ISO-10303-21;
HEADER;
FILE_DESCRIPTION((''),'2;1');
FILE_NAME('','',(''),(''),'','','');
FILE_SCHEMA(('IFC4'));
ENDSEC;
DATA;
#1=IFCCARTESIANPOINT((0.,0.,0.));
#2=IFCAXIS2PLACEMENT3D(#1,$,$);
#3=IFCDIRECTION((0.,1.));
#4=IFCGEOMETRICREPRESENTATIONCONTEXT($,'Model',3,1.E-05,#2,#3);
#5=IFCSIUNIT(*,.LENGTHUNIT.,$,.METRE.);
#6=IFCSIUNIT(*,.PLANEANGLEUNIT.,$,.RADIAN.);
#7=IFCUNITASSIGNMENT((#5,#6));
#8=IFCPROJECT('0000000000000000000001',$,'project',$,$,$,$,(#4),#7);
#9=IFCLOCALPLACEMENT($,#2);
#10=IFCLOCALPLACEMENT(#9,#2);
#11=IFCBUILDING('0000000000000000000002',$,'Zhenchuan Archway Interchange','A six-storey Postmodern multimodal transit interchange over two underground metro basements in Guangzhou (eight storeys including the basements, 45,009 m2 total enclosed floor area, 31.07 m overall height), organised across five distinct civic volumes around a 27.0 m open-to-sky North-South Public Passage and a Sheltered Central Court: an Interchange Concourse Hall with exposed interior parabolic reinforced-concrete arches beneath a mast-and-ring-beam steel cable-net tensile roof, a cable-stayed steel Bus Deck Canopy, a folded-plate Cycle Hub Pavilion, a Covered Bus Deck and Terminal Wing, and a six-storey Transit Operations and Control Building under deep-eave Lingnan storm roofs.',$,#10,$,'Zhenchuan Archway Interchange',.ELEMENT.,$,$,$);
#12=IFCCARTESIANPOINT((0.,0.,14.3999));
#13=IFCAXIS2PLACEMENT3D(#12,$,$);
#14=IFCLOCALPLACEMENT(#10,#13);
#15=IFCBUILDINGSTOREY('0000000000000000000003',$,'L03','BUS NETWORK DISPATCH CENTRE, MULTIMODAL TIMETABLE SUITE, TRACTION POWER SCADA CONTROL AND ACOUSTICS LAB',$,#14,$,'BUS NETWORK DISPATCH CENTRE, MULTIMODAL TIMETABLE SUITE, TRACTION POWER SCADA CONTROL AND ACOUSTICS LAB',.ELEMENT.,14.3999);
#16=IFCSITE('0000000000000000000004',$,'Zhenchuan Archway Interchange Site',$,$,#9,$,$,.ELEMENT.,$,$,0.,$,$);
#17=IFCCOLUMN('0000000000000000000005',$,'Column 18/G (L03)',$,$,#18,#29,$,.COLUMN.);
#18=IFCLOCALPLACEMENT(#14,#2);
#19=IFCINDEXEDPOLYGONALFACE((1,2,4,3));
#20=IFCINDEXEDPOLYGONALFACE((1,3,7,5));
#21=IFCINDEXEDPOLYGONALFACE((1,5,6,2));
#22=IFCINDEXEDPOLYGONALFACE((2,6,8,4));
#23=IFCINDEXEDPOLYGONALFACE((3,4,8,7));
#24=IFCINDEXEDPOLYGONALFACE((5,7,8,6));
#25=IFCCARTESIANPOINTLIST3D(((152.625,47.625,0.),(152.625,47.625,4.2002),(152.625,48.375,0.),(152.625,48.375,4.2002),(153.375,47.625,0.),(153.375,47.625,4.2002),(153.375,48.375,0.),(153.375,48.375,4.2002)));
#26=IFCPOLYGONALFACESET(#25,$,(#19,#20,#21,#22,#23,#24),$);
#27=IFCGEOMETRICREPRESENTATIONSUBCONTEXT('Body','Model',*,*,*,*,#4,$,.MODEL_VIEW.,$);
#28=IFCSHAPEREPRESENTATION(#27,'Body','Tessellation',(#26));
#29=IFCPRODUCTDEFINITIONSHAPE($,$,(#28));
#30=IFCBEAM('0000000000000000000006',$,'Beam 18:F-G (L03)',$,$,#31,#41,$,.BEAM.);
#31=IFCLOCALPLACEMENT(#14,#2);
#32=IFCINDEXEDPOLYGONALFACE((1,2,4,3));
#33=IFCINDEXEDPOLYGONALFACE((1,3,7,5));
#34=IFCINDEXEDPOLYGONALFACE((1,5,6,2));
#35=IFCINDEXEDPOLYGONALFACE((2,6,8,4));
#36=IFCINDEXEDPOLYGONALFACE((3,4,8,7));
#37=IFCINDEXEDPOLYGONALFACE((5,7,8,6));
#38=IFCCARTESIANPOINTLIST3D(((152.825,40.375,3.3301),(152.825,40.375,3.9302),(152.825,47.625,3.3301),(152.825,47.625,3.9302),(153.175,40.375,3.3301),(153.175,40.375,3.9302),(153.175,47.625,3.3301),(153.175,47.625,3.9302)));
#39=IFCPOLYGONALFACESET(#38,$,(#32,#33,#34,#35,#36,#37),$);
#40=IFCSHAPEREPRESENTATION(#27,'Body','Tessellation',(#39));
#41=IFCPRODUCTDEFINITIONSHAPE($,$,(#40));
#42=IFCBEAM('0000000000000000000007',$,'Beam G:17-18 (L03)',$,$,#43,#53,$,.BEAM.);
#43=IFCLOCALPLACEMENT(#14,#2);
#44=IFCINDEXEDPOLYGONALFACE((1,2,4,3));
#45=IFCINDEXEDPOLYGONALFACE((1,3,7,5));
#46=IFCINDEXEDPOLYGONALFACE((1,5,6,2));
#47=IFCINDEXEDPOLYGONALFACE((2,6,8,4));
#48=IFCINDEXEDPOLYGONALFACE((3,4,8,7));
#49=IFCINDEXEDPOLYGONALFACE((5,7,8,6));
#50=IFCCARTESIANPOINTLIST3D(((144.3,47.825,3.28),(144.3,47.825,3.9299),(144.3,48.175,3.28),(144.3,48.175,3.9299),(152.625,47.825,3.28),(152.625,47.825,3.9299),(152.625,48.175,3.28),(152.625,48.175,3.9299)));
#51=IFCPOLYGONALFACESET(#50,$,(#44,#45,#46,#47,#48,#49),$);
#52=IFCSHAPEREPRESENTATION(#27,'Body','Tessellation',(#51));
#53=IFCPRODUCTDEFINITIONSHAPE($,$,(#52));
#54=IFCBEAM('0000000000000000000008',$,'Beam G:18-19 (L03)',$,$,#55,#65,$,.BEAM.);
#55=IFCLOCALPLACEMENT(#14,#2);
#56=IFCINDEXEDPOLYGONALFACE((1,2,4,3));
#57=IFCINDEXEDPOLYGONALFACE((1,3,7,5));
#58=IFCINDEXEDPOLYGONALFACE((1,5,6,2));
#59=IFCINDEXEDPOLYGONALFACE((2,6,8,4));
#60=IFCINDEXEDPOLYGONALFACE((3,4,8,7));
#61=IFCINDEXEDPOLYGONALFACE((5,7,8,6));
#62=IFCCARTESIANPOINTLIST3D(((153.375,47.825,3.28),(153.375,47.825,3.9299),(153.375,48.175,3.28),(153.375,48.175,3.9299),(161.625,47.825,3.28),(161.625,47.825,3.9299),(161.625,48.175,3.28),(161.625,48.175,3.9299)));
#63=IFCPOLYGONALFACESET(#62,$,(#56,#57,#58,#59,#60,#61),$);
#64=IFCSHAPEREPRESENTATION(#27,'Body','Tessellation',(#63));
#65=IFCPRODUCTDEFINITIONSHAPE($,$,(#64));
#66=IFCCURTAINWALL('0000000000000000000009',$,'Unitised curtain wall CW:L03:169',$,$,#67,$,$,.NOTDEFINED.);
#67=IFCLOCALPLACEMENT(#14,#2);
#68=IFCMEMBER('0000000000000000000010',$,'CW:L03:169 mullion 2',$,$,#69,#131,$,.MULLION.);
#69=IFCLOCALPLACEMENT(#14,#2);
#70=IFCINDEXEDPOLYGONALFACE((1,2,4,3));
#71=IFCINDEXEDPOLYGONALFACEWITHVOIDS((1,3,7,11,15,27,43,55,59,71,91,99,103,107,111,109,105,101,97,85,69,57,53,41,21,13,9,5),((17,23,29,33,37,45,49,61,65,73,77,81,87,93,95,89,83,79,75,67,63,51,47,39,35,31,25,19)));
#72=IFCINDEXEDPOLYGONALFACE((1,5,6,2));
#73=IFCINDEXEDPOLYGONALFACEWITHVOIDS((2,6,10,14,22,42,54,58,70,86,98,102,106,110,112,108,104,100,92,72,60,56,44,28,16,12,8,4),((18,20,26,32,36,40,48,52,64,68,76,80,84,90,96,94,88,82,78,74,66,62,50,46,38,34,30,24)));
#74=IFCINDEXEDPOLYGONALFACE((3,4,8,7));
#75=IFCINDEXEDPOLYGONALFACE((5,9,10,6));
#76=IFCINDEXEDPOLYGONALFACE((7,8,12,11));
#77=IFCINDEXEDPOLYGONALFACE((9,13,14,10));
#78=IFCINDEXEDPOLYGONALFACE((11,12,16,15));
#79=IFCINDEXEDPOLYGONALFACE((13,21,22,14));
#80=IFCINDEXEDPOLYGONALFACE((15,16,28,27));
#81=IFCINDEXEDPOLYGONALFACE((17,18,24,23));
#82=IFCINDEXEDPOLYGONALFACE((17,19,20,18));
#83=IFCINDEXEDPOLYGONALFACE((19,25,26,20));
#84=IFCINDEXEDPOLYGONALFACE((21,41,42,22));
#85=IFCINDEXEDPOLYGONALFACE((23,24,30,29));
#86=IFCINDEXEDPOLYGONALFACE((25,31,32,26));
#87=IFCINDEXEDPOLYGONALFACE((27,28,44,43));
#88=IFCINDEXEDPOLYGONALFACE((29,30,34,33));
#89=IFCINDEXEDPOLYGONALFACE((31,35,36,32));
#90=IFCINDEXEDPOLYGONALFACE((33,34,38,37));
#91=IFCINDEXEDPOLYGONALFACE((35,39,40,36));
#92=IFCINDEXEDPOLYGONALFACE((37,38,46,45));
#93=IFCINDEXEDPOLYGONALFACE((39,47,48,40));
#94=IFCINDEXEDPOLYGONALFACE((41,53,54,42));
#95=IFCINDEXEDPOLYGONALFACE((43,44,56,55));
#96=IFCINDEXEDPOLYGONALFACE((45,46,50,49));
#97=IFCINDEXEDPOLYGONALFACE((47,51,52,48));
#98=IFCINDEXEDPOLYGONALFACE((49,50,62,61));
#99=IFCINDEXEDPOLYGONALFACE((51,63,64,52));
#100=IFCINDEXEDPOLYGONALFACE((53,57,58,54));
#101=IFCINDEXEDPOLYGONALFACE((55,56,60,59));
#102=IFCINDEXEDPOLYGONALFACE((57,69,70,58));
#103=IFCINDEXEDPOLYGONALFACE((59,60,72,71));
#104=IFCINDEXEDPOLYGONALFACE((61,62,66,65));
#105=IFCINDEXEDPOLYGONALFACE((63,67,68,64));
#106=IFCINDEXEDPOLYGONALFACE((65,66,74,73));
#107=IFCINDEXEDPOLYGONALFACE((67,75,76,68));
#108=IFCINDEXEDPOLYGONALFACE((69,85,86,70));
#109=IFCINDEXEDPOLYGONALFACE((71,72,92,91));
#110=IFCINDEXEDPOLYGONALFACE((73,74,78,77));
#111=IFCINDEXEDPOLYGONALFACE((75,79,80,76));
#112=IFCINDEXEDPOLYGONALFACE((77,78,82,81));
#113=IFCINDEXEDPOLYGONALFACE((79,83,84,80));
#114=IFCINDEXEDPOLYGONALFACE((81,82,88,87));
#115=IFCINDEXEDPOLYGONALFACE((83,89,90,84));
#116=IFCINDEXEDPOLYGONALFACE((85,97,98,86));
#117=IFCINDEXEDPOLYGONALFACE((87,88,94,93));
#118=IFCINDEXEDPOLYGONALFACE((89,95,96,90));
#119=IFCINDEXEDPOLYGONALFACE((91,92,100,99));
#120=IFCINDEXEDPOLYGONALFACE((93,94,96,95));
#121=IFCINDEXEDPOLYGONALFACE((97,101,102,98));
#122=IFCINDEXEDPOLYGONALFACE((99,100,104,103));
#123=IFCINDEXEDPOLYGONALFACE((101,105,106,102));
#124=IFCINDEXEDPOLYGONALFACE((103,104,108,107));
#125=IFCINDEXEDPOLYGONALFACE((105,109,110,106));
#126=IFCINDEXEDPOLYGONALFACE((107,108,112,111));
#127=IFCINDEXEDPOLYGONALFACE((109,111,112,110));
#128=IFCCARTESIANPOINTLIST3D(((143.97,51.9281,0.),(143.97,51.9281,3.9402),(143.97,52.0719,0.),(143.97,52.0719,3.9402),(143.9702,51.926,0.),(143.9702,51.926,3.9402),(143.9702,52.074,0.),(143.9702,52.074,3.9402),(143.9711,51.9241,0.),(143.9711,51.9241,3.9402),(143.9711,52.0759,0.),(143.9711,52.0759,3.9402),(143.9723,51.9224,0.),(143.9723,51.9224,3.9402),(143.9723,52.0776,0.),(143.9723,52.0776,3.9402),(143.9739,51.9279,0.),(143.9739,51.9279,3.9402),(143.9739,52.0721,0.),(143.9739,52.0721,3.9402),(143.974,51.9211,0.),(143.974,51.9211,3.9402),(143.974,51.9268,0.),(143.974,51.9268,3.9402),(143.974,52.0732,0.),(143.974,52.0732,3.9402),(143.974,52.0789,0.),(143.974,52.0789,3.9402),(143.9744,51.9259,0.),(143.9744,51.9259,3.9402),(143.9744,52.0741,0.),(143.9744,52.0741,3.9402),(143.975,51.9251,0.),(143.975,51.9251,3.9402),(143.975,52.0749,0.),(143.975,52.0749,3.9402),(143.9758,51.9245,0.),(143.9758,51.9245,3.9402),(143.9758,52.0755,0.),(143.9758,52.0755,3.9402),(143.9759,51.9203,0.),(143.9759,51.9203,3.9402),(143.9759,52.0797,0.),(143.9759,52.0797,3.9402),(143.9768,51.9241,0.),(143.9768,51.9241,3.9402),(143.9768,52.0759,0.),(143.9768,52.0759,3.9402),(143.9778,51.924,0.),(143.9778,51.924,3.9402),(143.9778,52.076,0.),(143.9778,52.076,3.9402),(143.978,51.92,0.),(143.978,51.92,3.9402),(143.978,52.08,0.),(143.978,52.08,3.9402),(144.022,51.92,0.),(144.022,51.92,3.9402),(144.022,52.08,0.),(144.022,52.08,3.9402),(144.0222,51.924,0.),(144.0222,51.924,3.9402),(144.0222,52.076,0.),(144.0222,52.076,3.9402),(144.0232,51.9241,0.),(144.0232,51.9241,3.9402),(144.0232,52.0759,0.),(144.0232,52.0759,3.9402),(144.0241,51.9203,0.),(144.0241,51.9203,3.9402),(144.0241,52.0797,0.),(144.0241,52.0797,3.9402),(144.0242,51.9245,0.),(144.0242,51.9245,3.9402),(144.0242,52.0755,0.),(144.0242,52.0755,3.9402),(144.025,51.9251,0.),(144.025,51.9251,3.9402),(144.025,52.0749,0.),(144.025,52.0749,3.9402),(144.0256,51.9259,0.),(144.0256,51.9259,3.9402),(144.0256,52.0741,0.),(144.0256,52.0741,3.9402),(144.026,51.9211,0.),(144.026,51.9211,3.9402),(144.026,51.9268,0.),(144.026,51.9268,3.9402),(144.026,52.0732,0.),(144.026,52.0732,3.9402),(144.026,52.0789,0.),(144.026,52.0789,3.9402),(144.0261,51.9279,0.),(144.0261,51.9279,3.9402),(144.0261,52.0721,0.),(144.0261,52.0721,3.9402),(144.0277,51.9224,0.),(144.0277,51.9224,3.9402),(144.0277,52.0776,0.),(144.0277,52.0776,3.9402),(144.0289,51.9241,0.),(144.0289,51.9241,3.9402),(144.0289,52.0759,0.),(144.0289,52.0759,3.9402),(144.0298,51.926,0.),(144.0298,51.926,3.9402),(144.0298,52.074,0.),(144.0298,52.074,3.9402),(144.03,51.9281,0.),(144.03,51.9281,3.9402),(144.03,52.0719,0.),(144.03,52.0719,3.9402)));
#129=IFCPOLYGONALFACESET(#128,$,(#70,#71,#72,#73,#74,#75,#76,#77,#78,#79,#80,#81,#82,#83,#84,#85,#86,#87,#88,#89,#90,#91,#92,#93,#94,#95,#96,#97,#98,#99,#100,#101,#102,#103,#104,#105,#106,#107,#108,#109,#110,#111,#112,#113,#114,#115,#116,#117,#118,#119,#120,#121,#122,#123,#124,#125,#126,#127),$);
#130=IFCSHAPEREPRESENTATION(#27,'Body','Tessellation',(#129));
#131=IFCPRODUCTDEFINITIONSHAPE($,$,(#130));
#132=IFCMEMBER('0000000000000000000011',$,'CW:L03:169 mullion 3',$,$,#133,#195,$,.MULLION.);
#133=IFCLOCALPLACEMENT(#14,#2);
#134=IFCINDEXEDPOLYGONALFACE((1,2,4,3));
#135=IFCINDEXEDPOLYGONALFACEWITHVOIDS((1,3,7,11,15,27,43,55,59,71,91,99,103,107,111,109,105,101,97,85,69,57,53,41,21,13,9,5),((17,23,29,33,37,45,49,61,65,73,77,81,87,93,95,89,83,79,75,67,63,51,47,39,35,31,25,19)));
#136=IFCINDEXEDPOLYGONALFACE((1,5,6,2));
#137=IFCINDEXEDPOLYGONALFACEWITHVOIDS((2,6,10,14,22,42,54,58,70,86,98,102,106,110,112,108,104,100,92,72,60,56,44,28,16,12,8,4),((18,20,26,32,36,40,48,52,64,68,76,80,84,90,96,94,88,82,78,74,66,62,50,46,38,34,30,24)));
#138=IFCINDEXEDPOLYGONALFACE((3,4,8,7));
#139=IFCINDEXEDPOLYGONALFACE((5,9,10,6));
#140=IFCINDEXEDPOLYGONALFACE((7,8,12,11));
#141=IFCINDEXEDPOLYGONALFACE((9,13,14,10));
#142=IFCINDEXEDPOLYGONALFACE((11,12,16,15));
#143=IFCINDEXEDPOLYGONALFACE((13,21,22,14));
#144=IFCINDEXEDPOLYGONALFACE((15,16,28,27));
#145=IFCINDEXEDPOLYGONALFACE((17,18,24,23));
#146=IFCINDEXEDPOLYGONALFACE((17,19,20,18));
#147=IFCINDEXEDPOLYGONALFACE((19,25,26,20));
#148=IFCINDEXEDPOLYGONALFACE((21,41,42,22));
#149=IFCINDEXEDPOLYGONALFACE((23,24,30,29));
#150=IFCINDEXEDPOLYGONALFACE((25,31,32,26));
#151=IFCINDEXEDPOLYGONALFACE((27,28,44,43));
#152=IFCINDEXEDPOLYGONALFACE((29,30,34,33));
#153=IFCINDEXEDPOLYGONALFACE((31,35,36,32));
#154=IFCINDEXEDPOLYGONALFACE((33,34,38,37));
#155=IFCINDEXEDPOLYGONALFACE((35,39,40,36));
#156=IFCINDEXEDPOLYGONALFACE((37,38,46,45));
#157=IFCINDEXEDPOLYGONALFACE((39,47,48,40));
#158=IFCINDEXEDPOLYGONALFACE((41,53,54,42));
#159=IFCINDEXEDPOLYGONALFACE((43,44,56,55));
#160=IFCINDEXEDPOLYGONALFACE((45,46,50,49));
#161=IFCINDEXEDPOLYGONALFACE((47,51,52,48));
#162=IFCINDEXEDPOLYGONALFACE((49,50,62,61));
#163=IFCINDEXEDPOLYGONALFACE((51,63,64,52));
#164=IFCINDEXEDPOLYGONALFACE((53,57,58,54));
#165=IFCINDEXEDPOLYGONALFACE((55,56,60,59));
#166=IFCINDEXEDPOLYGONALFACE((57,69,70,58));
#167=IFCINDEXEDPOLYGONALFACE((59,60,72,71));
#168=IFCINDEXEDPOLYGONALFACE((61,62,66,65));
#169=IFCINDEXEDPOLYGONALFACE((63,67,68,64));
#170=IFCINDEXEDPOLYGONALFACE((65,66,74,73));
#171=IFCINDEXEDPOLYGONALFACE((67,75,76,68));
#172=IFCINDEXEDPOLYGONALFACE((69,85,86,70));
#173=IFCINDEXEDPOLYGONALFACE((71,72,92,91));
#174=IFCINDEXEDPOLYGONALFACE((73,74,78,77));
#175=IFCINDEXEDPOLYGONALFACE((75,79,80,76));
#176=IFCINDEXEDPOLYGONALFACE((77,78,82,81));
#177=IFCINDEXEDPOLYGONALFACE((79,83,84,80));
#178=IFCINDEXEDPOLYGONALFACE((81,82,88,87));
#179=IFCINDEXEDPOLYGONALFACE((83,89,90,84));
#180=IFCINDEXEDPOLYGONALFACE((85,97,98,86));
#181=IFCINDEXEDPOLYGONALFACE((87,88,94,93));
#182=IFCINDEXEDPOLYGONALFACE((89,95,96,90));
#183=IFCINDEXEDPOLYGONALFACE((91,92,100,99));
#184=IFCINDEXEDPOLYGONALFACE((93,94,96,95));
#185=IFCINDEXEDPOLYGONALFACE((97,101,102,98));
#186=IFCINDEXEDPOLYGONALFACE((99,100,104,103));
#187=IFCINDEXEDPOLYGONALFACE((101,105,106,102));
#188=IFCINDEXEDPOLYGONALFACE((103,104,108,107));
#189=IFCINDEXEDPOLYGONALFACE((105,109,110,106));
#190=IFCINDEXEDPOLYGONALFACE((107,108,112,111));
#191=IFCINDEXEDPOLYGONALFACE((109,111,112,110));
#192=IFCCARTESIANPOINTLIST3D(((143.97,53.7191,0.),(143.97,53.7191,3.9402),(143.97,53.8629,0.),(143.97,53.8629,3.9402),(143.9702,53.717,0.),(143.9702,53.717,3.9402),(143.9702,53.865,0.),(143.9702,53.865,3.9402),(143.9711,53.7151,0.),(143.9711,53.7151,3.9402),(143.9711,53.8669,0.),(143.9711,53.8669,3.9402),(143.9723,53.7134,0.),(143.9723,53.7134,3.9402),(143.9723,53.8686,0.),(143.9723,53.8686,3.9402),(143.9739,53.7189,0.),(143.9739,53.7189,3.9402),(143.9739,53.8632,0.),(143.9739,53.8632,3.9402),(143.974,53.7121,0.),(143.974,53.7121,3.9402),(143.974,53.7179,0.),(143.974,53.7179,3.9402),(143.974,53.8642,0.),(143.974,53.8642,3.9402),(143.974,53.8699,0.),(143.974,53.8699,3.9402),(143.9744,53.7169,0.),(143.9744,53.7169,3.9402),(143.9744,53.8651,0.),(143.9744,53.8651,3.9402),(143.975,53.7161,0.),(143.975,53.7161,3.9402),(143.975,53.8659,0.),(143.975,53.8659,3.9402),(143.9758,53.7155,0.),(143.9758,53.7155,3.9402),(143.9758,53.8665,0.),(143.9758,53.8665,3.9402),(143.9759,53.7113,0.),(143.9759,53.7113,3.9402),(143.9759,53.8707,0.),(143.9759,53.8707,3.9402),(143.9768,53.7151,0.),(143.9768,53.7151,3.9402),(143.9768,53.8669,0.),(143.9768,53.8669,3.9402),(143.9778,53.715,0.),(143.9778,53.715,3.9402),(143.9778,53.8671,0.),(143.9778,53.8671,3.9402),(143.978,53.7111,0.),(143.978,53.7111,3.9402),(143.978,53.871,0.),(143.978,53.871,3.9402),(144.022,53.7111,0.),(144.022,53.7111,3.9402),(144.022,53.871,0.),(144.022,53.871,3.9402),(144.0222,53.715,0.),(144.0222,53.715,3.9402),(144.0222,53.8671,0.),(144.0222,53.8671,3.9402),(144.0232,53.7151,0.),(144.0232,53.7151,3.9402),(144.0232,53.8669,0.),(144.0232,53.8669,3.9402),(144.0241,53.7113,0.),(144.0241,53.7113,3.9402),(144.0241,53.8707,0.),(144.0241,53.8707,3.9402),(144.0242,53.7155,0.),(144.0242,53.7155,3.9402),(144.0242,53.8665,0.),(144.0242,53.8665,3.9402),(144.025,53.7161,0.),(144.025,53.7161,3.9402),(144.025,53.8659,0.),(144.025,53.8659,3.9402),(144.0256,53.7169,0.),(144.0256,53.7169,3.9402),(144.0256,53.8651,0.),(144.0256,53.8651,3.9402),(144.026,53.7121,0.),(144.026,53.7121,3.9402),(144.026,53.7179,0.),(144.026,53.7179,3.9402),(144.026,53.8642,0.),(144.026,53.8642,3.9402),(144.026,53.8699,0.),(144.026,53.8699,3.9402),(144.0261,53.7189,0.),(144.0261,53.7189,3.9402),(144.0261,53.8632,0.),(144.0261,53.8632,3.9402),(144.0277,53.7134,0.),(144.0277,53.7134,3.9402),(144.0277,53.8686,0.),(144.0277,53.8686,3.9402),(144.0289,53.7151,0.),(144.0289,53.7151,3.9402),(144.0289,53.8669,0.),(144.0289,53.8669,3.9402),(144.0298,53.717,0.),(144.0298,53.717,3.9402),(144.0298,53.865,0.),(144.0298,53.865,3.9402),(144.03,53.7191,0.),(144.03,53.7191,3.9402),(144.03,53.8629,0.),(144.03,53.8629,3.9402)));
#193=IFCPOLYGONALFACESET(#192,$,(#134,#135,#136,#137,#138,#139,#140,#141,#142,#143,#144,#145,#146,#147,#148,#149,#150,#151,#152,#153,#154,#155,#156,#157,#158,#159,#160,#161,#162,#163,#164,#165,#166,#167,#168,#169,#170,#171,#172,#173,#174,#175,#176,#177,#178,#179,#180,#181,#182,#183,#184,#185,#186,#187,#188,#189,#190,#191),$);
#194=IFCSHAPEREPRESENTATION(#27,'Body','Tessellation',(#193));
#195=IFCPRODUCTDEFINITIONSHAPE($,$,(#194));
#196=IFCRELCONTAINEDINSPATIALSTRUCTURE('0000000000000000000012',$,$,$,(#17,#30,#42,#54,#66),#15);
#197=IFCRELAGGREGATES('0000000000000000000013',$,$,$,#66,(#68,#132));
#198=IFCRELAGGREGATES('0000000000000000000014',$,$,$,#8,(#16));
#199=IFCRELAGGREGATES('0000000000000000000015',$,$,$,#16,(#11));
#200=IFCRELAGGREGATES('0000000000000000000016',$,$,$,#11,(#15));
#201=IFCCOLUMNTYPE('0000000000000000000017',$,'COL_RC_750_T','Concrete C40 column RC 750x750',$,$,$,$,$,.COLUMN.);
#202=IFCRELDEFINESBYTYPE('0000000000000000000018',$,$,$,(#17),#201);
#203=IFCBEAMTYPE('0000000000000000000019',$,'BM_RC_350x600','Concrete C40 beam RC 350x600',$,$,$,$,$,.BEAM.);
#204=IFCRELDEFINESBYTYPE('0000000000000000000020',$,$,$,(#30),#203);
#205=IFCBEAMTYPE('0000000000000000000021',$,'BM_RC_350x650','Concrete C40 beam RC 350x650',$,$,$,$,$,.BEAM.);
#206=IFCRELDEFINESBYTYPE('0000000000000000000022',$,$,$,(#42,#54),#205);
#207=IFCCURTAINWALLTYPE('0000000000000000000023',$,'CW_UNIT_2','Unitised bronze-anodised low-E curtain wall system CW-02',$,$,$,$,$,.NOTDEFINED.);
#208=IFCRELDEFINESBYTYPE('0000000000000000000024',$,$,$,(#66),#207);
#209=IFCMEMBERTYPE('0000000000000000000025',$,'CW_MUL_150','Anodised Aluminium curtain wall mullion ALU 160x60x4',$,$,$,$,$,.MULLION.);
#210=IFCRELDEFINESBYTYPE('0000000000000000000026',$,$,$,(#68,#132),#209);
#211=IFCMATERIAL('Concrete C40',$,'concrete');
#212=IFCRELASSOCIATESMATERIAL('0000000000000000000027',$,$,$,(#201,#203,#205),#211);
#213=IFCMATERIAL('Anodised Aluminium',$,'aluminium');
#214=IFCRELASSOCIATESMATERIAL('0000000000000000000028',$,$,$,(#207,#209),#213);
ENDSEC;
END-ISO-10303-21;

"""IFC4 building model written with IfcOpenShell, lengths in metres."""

from ifc_helpers import new_model, si_unit, direction, frame, origin, origin_2d, place, context, subcontext, project, spatial, rectangle, hollow_rectangle, extrude, material, material_profile, profile_set, type_object, element, aggregate, save


model = new_model("IFC4")

# Units and contexts
model_context = context("Model", 3, precision=1e-05, world=origin(), true_north=direction((0.0, 1.0)))
body_context = subcontext(model_context, "Body", "Model", "MODEL_VIEW")
ifc_project = project(units=[si_unit("LENGTHUNIT", "METRE"), si_unit("PLANEANGLEUNIT", "RADIAN")], contexts=[model_context])

# Site, building, storey
site_placement = place(None, origin())
site = spatial("IfcSite", under=ifc_project, at=site_placement, Name="Zhenchuan Archway Interchange Site", CompositionType="ELEMENT", RefElevation=0.0)
building_placement = place(site_placement, origin())
building = spatial("IfcBuilding", under=site, at=building_placement, Name="Zhenchuan Archway Interchange", Description="A six-storey Postmodern multimodal transit interchange over two underground metro basements in Guangzhou (eight storeys including the basements, 45,009 m2 total enclosed floor area, 31.07 m overall height), organised across five distinct civic volumes around a 27.0 m open-to-sky North-South Public Passage and a Sheltered Central Court: an Interchange Concourse Hall with exposed interior parabolic reinforced-concrete arches beneath a mast-and-ring-beam steel cable-net tensile roof, a cable-stayed steel Bus Deck Canopy, a folded-plate Cycle Hub Pavilion, a Covered Bus Deck and Terminal Wing, and a six-storey Transit Operations and Control Building under deep-eave Lingnan storm roofs.", LongName="Zhenchuan Archway Interchange", CompositionType="ELEMENT")
storey_placement = place(building_placement, frame((0.0, 0.0, 14.3999)))
storey = spatial("IfcBuildingStorey", under=building, at=storey_placement, Name="L03", Description="BUS NETWORK DISPATCH CENTRE, MULTIMODAL TIMETABLE SUITE, TRACTION POWER SCADA CONTROL AND ACOUSTICS LAB", LongName="BUS NETWORK DISPATCH CENTRE, MULTIMODAL TIMETABLE SUITE, TRACTION POWER SCADA CONTROL AND ACOUSTICS LAB", CompositionType="ELEMENT", Elevation=14.3999)

# Column
ifc_material_1 = material(Name="Concrete C40", Category="concrete")
ifc_material_profile_1 = material_profile(ifc_material_1, rectangle(XDim=0.75, YDim=0.75, at=origin_2d()), Name="RC 750x750")
ifc_profile_set_1 = profile_set([ifc_material_profile_1], Name="Concrete C40")
column_type = type_object("IfcColumnType", Name="COL_RC_750_T", Description="Concrete C40 column RC 750x750", PredefinedType="COLUMN", material=ifc_profile_set_1)
column_placement = place(storey_placement, frame((153.0, 48.0, 0.0), z_axis=(0.0, 0.0, 1.0), x_axis=(1.0, 0.0, 0.0)))
element("IfcColumn", 1, at=column_placement, inside=storey, type_object=column_type, Name="Column 18/G (L03)", PredefinedType="COLUMN", context=body_context, shape_type="SweptSolid", body=[
    extrude(rectangle(XDim=0.75, YDim=0.75, at=origin_2d()), origin(), (0.0, 0.0, 1.0), 4.2002),
])

# Beams
ifc_material_profile_2 = material_profile(ifc_material_1, rectangle(XDim=0.3501, YDim=0.6001, at=origin_2d()), Name="RC 350x600")
ifc_profile_set_2 = profile_set([ifc_material_profile_2], Name="Concrete C40")
beam_type_1 = type_object("IfcBeamType", Name="BM_RC_350x600", Description="Concrete C40 beam RC 350x600", PredefinedType="BEAM", material=ifc_profile_set_2)
beam_1_placement = place(storey_placement, frame((153.0, 40.375, 3.6301), z_axis=(0.0, 1.0, 0.0), x_axis=(-1.0, 0.0, 0.0)))
element("IfcBeam", 2, at=beam_1_placement, inside=storey, type_object=beam_type_1, Name="Beam 18:F-G (L03)", PredefinedType="BEAM", context=body_context, shape_type="SweptSolid", body=[
    extrude(rectangle(XDim=0.3501, YDim=0.6001, at=origin_2d()), origin(), (0.0, 0.0, 1.0), 7.25),
])
ifc_material_profile_3 = material_profile(ifc_material_1, rectangle(XDim=0.3501, YDim=0.6499, at=origin_2d()), Name="RC 350x650")
ifc_profile_set_3 = profile_set([ifc_material_profile_3], Name="Concrete C40")
beam_type_2 = type_object("IfcBeamType", Name="BM_RC_350x650", Description="Concrete C40 beam RC 350x650", PredefinedType="BEAM", material=ifc_profile_set_3)
beam_2_placement = place(storey_placement, frame((144.3, 48.0, 3.605), z_axis=(1.0, 0.0, 0.0), x_axis=(0.0, 1.0, 0.0)))
element("IfcBeam", 3, at=beam_2_placement, inside=storey, type_object=beam_type_2, Name="Beam G:17-18 (L03)", PredefinedType="BEAM", context=body_context, shape_type="SweptSolid", body=[
    extrude(rectangle(XDim=0.3501, YDim=0.6499, at=origin_2d()), origin(), (0.0, 0.0, 1.0), 8.325),
])
beam_3_placement = place(storey_placement, frame((153.375, 48.0, 3.605), z_axis=(1.0, 0.0, 0.0), x_axis=(0.0, 1.0, 0.0)))
element("IfcBeam", 4, at=beam_3_placement, inside=storey, type_object=beam_type_2, Name="Beam G:18-19 (L03)", PredefinedType="BEAM", context=body_context, shape_type="SweptSolid", body=[
    extrude(rectangle(XDim=0.3501, YDim=0.6499, at=origin_2d()), origin(), (0.0, 0.0, 1.0), 8.25),
])

# Curtain wall, members
ifc_material_2 = material(Name="Anodised Aluminium", Category="aluminium")
curtain_wall_type = type_object("IfcCurtainWallType", Name="CW_UNIT_2", Description="Unitised bronze-anodised low-E curtain wall system CW-02", PredefinedType="NOTDEFINED", material=ifc_material_2)
curtain_wall_placement = place(storey_placement, origin())
curtain_wall = element("IfcCurtainWall", 5, at=curtain_wall_placement, inside=storey, type_object=curtain_wall_type, Name="Unitised curtain wall CW:L03:169", PredefinedType="NOTDEFINED")
ifc_material_profile_4 = material_profile(ifc_material_2, hollow_rectangle(XDim=0.0601, YDim=0.1599, WallThickness=0.0039, InnerFilletRadius=0.0039, OuterFilletRadius=0.0081, at=origin_2d()), Name="ALU 160x60x4")
ifc_profile_set_4 = profile_set([ifc_material_profile_4], Name="Anodised Aluminium")
member_type_1 = type_object("IfcMemberType", Name="CW_MUL_150", Description="Anodised Aluminium curtain wall mullion ALU 160x60x4", PredefinedType="MULLION", material=ifc_profile_set_4)
member_1_placement = place(storey_placement, frame((144.0, 52.0, 0.0), z_axis=(0.0, 0.0, 1.0), x_axis=(1.0, 0.0, 0.0)))
member_1 = element("IfcMember", 6, at=member_1_placement, type_object=member_type_1, Name="CW:L03:169 mullion 2", PredefinedType="MULLION", context=body_context, shape_type="SweptSolid", body=[
    extrude(hollow_rectangle(XDim=0.0601, YDim=0.1599, WallThickness=0.0039, InnerFilletRadius=0.0039, OuterFilletRadius=0.0081, at=origin_2d()), origin(), (0.0, 0.0, 1.0), 3.9402),
])
member_2_placement = place(storey_placement, frame((144.0, 53.791, 0.0), z_axis=(0.0, 0.0, 1.0), x_axis=(1.0, 0.0, 0.0)))
member_2 = element("IfcMember", 7, at=member_2_placement, type_object=member_type_1, Name="CW:L03:169 mullion 3", PredefinedType="MULLION", context=body_context, shape_type="SweptSolid", body=[
    extrude(hollow_rectangle(XDim=0.0601, YDim=0.1599, WallThickness=0.0039, InnerFilletRadius=0.0039, OuterFilletRadius=0.0081, at=origin_2d()), origin(), (0.0, 0.0, 1.0), 3.9402),
])

aggregate(curtain_wall, [member_1, member_2])

save(model, "model.ifc")
